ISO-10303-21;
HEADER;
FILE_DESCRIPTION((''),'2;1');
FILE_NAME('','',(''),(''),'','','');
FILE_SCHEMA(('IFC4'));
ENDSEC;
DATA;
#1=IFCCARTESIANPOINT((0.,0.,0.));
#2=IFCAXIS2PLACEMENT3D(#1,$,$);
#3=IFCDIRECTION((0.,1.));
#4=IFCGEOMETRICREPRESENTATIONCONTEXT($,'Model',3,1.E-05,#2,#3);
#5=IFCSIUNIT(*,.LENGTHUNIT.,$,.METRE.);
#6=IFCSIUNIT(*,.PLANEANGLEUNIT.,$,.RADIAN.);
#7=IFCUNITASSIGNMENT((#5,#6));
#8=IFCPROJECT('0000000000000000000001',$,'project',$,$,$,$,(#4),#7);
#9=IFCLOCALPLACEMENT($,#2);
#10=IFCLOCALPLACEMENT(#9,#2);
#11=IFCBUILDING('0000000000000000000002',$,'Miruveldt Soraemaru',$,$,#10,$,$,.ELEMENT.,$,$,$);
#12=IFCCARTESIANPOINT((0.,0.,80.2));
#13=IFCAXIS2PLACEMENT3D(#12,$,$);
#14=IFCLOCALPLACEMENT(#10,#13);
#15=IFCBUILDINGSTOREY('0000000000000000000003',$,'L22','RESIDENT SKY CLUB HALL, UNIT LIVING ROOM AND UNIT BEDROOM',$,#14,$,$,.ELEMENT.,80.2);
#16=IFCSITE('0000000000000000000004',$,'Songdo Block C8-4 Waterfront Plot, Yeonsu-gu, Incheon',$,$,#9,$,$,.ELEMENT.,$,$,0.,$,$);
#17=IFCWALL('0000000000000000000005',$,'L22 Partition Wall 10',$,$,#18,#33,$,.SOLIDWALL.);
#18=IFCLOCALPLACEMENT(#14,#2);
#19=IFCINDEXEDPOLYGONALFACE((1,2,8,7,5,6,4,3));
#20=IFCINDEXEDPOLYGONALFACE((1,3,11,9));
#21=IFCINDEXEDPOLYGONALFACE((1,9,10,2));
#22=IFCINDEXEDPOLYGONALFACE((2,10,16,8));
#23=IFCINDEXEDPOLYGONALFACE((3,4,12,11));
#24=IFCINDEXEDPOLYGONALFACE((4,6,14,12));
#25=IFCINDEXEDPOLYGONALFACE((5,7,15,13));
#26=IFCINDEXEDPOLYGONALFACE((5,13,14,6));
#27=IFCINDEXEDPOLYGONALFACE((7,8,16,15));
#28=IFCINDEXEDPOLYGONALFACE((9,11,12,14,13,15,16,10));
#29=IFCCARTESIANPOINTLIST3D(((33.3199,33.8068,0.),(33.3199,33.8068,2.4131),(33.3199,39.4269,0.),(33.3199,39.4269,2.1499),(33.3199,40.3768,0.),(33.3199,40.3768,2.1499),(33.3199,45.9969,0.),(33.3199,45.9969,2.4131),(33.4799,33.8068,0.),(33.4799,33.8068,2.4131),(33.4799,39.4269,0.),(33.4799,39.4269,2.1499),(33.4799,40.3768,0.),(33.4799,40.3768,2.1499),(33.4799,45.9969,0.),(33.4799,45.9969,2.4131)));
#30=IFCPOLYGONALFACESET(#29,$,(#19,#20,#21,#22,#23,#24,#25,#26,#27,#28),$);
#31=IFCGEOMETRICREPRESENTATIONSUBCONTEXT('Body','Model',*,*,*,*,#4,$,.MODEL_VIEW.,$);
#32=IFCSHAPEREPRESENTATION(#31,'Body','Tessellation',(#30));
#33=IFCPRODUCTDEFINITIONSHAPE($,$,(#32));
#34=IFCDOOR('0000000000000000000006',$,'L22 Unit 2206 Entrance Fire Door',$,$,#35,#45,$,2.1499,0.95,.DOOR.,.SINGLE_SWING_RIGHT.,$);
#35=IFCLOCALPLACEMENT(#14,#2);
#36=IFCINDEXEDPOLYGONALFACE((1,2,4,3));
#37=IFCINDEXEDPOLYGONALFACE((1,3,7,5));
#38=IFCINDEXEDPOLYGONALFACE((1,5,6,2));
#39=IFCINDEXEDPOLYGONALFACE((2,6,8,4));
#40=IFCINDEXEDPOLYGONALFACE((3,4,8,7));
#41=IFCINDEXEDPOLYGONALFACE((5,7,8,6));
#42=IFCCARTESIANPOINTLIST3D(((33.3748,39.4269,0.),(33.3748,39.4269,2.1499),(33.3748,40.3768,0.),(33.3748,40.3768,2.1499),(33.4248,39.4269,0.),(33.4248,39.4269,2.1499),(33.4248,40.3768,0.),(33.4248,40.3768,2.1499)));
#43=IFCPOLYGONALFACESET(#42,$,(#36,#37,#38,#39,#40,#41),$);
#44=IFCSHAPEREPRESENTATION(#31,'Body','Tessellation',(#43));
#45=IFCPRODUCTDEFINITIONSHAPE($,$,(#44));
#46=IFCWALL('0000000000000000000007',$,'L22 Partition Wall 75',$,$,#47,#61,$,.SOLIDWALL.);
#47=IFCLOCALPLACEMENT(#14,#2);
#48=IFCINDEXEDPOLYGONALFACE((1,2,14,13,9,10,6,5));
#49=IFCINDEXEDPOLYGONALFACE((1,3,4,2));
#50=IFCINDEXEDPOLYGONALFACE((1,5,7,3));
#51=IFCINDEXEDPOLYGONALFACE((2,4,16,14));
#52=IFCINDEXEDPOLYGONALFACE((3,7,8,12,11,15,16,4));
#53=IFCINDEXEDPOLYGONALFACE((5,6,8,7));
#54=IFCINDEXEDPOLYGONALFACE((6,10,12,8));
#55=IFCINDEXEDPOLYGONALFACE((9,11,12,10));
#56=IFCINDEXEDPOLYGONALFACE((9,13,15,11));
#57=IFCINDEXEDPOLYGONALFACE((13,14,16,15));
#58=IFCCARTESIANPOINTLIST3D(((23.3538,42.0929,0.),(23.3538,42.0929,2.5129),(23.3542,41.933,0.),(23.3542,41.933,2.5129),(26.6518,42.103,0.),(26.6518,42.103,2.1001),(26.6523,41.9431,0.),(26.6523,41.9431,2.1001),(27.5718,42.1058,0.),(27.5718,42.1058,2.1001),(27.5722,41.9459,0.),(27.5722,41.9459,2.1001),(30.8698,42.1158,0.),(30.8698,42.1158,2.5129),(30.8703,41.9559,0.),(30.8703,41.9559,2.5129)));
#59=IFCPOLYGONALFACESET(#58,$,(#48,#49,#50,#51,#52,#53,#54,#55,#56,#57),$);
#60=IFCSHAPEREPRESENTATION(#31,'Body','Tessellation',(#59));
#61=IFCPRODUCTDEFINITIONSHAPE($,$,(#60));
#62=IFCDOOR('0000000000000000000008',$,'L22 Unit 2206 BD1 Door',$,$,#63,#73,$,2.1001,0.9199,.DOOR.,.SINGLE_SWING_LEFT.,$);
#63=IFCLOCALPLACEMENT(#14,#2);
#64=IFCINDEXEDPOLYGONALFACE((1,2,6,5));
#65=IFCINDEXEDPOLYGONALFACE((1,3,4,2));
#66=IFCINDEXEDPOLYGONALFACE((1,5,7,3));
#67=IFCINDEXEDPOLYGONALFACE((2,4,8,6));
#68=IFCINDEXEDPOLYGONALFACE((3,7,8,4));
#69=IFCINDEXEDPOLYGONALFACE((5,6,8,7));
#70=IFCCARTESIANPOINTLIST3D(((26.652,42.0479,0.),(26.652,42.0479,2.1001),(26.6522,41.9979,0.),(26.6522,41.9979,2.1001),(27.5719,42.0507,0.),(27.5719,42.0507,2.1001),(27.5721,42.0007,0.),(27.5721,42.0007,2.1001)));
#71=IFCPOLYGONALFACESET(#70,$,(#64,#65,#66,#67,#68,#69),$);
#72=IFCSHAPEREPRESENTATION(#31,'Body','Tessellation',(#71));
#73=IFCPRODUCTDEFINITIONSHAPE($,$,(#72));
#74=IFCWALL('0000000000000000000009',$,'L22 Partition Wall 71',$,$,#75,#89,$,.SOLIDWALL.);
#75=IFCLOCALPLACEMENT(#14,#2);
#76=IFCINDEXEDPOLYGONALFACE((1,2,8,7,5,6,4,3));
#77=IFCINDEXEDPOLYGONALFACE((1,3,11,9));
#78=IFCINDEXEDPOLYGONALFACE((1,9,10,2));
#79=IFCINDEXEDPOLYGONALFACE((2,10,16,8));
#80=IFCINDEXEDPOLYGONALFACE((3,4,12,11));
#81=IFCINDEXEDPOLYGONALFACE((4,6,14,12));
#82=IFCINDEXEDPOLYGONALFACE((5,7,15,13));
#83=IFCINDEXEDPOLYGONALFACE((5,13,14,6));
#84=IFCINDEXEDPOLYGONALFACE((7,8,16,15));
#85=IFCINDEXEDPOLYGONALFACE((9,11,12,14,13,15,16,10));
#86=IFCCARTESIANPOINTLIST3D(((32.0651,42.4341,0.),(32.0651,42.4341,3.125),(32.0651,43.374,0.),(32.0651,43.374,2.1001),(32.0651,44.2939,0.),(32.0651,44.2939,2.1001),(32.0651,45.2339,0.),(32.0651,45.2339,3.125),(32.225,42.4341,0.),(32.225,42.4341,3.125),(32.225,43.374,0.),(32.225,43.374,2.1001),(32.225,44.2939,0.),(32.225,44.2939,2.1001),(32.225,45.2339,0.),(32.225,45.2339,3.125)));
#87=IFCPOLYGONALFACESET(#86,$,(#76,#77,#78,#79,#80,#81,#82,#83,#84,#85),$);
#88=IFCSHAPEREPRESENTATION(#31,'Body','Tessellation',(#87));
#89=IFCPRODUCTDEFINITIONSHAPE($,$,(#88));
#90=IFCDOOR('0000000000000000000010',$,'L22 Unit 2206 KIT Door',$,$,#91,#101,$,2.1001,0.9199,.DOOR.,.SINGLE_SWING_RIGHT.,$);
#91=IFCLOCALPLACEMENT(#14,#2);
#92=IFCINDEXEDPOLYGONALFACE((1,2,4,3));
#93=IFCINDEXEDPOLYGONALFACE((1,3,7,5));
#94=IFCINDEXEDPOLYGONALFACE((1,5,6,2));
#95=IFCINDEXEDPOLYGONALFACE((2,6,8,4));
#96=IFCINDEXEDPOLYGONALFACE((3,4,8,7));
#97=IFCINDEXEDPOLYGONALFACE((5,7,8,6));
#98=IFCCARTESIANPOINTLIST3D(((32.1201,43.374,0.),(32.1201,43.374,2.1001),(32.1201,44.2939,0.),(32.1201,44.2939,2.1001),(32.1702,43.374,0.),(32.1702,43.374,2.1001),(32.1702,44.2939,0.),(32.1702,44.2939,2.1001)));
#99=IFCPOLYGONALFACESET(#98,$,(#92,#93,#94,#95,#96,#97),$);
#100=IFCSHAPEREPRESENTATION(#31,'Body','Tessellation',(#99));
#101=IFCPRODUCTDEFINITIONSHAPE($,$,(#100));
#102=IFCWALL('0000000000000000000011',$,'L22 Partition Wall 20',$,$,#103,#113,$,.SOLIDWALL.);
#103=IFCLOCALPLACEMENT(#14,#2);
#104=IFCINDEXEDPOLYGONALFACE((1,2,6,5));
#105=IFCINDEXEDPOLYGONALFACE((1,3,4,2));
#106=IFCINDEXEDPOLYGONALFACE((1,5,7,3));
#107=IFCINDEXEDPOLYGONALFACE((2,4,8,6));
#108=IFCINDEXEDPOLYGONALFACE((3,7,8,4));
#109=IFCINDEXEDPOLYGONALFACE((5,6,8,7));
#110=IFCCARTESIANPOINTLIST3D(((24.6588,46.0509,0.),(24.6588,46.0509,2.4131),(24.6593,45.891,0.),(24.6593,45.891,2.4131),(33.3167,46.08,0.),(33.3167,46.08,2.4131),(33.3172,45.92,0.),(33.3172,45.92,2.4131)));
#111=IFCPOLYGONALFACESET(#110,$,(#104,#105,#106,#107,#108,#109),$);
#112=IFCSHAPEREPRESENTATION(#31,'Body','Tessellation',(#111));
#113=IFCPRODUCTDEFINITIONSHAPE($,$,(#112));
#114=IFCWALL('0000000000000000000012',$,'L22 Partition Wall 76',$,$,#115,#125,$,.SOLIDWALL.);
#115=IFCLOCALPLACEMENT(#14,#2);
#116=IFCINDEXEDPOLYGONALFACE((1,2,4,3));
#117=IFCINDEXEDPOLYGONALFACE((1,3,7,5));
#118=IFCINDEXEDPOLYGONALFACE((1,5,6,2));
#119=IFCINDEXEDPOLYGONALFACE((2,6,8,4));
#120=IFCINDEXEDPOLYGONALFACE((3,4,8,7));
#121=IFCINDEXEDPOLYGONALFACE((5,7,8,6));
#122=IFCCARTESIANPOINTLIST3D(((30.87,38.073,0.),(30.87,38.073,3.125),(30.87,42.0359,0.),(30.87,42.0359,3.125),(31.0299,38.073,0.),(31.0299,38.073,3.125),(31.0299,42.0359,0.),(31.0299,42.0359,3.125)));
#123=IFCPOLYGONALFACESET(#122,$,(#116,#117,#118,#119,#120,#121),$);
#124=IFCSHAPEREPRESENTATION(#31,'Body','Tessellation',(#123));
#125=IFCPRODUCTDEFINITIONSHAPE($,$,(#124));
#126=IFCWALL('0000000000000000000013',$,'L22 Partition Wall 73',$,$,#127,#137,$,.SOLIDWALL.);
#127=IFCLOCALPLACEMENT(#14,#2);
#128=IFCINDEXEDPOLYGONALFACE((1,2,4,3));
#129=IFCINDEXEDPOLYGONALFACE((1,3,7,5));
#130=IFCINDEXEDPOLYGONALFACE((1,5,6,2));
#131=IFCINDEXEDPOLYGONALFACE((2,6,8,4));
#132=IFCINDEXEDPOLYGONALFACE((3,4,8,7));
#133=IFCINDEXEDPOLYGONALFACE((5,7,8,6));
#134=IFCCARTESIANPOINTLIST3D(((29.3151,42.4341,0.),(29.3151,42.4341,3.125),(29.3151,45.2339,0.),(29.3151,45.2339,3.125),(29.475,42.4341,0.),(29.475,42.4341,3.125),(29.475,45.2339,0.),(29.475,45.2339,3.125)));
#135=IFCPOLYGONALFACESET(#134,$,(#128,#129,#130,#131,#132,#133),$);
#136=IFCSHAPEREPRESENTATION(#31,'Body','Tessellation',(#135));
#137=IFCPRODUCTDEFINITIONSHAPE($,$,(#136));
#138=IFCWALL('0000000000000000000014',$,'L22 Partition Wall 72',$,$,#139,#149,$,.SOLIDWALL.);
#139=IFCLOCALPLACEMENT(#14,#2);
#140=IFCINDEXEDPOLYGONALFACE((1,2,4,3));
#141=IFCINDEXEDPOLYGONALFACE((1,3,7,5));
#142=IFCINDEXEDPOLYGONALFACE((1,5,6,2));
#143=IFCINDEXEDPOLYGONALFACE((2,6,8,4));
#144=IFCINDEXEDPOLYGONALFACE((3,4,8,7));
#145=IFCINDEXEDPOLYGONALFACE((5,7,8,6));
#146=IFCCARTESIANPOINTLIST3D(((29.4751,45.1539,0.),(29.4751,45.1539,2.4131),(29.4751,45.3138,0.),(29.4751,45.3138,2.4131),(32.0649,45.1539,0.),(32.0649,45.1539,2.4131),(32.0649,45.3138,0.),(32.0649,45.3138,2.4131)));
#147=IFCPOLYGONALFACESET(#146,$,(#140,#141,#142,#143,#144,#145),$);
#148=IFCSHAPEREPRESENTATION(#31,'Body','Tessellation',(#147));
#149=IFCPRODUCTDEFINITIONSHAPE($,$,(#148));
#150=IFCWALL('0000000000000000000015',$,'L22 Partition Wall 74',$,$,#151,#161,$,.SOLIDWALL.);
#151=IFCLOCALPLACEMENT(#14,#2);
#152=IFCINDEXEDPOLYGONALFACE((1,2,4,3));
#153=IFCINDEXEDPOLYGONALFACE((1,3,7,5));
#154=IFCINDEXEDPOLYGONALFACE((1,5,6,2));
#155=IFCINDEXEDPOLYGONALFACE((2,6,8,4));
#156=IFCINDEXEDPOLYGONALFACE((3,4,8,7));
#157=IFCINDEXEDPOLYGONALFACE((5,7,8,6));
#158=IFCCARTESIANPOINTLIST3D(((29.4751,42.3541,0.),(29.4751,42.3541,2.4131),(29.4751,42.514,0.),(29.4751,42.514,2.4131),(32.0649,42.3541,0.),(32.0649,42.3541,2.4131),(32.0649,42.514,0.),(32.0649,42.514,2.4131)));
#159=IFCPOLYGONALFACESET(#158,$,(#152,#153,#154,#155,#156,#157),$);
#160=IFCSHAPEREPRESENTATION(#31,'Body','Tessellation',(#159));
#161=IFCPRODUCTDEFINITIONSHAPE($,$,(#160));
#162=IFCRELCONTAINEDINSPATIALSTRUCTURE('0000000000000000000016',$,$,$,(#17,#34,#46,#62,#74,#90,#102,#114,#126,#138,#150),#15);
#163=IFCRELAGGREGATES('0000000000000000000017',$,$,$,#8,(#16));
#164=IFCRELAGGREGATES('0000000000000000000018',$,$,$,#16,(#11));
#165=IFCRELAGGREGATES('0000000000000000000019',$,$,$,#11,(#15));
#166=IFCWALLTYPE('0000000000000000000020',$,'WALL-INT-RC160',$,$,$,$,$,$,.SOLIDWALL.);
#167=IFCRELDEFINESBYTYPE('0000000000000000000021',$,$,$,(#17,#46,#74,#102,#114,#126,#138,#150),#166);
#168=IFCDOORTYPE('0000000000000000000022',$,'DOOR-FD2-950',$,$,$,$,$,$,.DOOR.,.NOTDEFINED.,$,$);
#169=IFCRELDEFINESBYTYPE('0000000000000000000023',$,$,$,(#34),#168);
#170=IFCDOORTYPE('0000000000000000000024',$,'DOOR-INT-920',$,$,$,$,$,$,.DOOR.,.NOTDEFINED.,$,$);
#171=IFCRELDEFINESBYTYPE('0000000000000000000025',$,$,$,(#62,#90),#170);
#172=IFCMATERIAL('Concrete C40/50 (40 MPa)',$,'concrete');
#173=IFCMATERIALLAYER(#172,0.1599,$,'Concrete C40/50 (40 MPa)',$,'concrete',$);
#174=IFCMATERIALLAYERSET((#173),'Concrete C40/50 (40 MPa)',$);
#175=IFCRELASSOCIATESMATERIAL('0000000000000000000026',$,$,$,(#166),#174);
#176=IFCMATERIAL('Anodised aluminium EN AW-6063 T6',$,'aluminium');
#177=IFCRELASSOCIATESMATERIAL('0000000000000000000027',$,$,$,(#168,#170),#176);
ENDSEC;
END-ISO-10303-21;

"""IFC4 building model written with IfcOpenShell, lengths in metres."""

from ifc_helpers import new_model, si_unit, direction, frame, frame_2d, origin, place, context, subcontext, project, spatial, rectangle, extrude, material, layer, layer_set, type_object, element, fill, save


model = new_model("IFC4")

# Units and contexts
model_context = context("Model", 3, precision=1e-05, world=origin(), true_north=direction((0.0, 1.0)))
body_context = subcontext(model_context, "Body", "Model", "MODEL_VIEW")
ifc_project = project(units=[si_unit("LENGTHUNIT", "METRE"), si_unit("PLANEANGLEUNIT", "RADIAN")], contexts=[model_context])

# Site, building, storey
site_placement = place(None, origin())
site = spatial("IfcSite", under=ifc_project, at=site_placement, Name="Songdo Block C8-4 Waterfront Plot, Yeonsu-gu, Incheon", CompositionType="ELEMENT", RefElevation=0.0)
building_placement = place(site_placement, origin())
building = spatial("IfcBuilding", under=site, at=building_placement, Name="Miruveldt Soraemaru", CompositionType="ELEMENT")
storey_placement = place(building_placement, frame((0.0, 0.0, 80.2)))
storey = spatial("IfcBuildingStorey", under=building, at=storey_placement, Name="L22", Description="RESIDENT SKY CLUB HALL, UNIT LIVING ROOM AND UNIT BEDROOM", CompositionType="ELEMENT", Elevation=80.2)

# Shared definitions
ifc_material_1 = material(Name="Anodised aluminium EN AW-6063 T6", Category="aluminium")

# Walls, openings, doors
ifc_material_2 = material(Name="Concrete C40/50 (40 MPa)", Category="concrete")
ifc_layer_1 = layer(ifc_material_2, 0.1599, Name="Concrete C40/50 (40 MPa)", Category="concrete")
ifc_layer_set_1 = layer_set([ifc_layer_1], Name="Concrete C40/50 (40 MPa)")
wall_type_1 = type_object("IfcWallType", Name="WALL-INT-RC160", PredefinedType="SOLIDWALL", material=ifc_layer_set_1)
wall_1_placement = place(storey_placement, frame((33.3999, 45.9971, 0.0), z_axis=(0.0, 0.0, 1.0), x_axis=(0.0, -1.0, 0.0)))
wall_1 = element("IfcWall", 1, at=wall_1_placement, inside=storey, type_object=wall_type_1, Name="L22 Partition Wall 10", PredefinedType="SOLIDWALL", context=body_context, shape_type="SweptSolid", body=[
    extrude(rectangle(XDim=12.1902, YDim=0.1599, at=frame_2d((6.0952, 0.0))), origin(), (0.0, 0.0, 1.0), 2.4131),
])
opening_1_placement = place(wall_1_placement, frame((5.6201, 0.0, 0.0)))
opening_1 = element("IfcOpeningElement", 2, at=opening_1_placement, cuts=wall_1, PredefinedType="OPENING", context=body_context, shape_type="SweptSolid", body=[
    extrude(rectangle(XDim=0.95, YDim=2.1499, at=frame_2d((0.4751, 1.075))), frame((0.0, 0.0898, 0.0), z_axis=(0.0, -1.0, 0.0), x_axis=(1.0, 0.0, 0.0)), (0.0, 0.0, 1.0), 0.1799),
])
door_type_1 = type_object("IfcDoorType", Name="DOOR-FD2-950", OperationType="NOTDEFINED", PredefinedType="DOOR", material=ifc_material_1)
door_1_placement = place(opening_1_placement, origin())
door_1 = element("IfcDoor", 3, at=door_1_placement, inside=storey, type_object=door_type_1, Name="L22 Unit 2206 Entrance Fire Door", OperationType="SINGLE_SWING_RIGHT", OverallHeight=2.1499, OverallWidth=0.95, PredefinedType="DOOR", context=body_context, shape_type="SweptSolid", body=[
    extrude(rectangle(XDim=0.95, YDim=2.1499, at=frame_2d((0.4751, 1.075))), frame((0.0, 0.0249, 0.0), z_axis=(0.0, -1.0, 0.0), x_axis=(1.0, 0.0, 0.0)), (0.0, 0.0, 1.0), 0.05),
])
fill(opening_1, door_1)
wall_2_placement = place(storey_placement, frame((23.354, 42.0129, 0.0), z_axis=(0.0, 0.0, 1.0), x_axis=(0.999995, 0.003053, 0.0)))
wall_2 = element("IfcWall", 4, at=wall_2_placement, inside=storey, type_object=wall_type_1, Name="L22 Partition Wall 75", PredefinedType="SOLIDWALL", context=body_context, shape_type="SweptSolid", body=[
    extrude(rectangle(XDim=7.5161, YDim=0.1599, at=frame_2d((3.7581, 0.0))), origin(), (0.0, 0.0, 1.0), 2.5129),
])
opening_2_placement = place(wall_2_placement, frame((3.2981, 0.0, 0.0)))
opening_2 = element("IfcOpeningElement", 5, at=opening_2_placement, cuts=wall_2, PredefinedType="OPENING", context=body_context, shape_type="SweptSolid", body=[
    extrude(rectangle(XDim=0.9199, YDim=2.1001, at=frame_2d((0.46, 1.05))), frame((0.0, 0.0898, 0.0), z_axis=(0.0, -1.0, 0.0), x_axis=(1.0, 0.0, 0.0)), (0.0, 0.0, 1.0), 0.1799),
])
door_type_2 = type_object("IfcDoorType", Name="DOOR-INT-920", OperationType="NOTDEFINED", PredefinedType="DOOR", material=ifc_material_1)
door_2_placement = place(opening_2_placement, origin())
door_2 = element("IfcDoor", 6, at=door_2_placement, inside=storey, type_object=door_type_2, Name="L22 Unit 2206 BD1 Door", OperationType="SINGLE_SWING_LEFT", OverallHeight=2.1001, OverallWidth=0.9199, PredefinedType="DOOR", context=body_context, shape_type="SweptSolid", body=[
    extrude(rectangle(XDim=0.9199, YDim=2.1001, at=frame_2d((0.46, 1.05))), frame((0.0, 0.0249, 0.0), z_axis=(0.0, -1.0, 0.0), x_axis=(1.0, 0.0, 0.0)), (0.0, 0.0, 1.0), 0.05),
])
fill(opening_2, door_2)
wall_3_placement = place(storey_placement, frame((32.145, 42.4341, 0.0), z_axis=(0.0, 0.0, 1.0), x_axis=(0.0, 1.0, 0.0)))
wall_3 = element("IfcWall", 7, at=wall_3_placement, inside=storey, type_object=wall_type_1, Name="L22 Partition Wall 71", PredefinedType="SOLIDWALL", context=body_context, shape_type="SweptSolid", body=[
    extrude(rectangle(XDim=2.7998, YDim=0.1599, at=frame_2d((1.3999, 0.0))), origin(), (0.0, 0.0, 1.0), 3.125),
])
opening_3_placement = place(wall_3_placement, frame((0.9399, 0.0, 0.0)))
opening_3 = element("IfcOpeningElement", 8, at=opening_3_placement, cuts=wall_3, PredefinedType="OPENING", context=body_context, shape_type="SweptSolid", body=[
    extrude(rectangle(XDim=0.9199, YDim=2.1001, at=frame_2d((0.46, 1.05))), frame((0.0, 0.0898, 0.0), z_axis=(0.0, -1.0, 0.0), x_axis=(1.0, 0.0, 0.0)), (0.0, 0.0, 1.0), 0.1799),
])
door_3_placement = place(opening_3_placement, origin())
door_3 = element("IfcDoor", 9, at=door_3_placement, inside=storey, type_object=door_type_2, Name="L22 Unit 2206 KIT Door", OperationType="SINGLE_SWING_RIGHT", OverallHeight=2.1001, OverallWidth=0.9199, PredefinedType="DOOR", context=body_context, shape_type="SweptSolid", body=[
    extrude(rectangle(XDim=0.9199, YDim=2.1001, at=frame_2d((0.46, 1.05))), frame((0.0, 0.0249, 0.0), z_axis=(0.0, -1.0, 0.0), x_axis=(1.0, 0.0, 0.0)), (0.0, 0.0, 1.0), 0.05),
])
fill(opening_3, door_3)

# Walls
wall_4_placement = place(storey_placement, frame((24.6589, 45.9709, 0.0), z_axis=(0.0, 0.0, 1.0), x_axis=(0.999994, 0.003356, 0.0)))
element("IfcWall", 10, at=wall_4_placement, inside=storey, type_object=wall_type_1, Name="L22 Partition Wall 20", PredefinedType="SOLIDWALL", context=body_context, shape_type="SweptSolid", body=[
    extrude(rectangle(XDim=8.658, YDim=0.1599, at=frame_2d((4.3291, 0.0))), origin(), (0.0, 0.0, 1.0), 2.4131),
])
wall_5_placement = place(storey_placement, frame((30.95, 42.0359, 0.0), z_axis=(0.0, 0.0, 1.0), x_axis=(0.0, -1.0, 0.0)))
element("IfcWall", 11, at=wall_5_placement, inside=storey, type_object=wall_type_1, Name="L22 Partition Wall 76", PredefinedType="SOLIDWALL", context=body_context, shape_type="SweptSolid", body=[
    extrude(rectangle(XDim=3.9629, YDim=0.1599, at=frame_2d((1.9814, 0.0))), origin(), (0.0, 0.0, 1.0), 3.125),
])
wall_6_placement = place(storey_placement, frame((29.395, 45.2339, 0.0), z_axis=(0.0, 0.0, 1.0), x_axis=(0.0, -1.0, 0.0)))
element("IfcWall", 12, at=wall_6_placement, inside=storey, type_object=wall_type_1, Name="L22 Partition Wall 73", PredefinedType="SOLIDWALL", context=body_context, shape_type="SweptSolid", body=[
    extrude(rectangle(XDim=2.7998, YDim=0.1599, at=frame_2d((1.3999, 0.0))), origin(), (0.0, 0.0, 1.0), 3.125),
])
for number, where, z_axis, x_axis, name in (
    (13, (32.0649, 45.2339, 0.0), (0.0, 0.0, 1.0), (-1.0, 0.0, 0.0), "L22 Partition Wall 72"),
    (14, (29.4751, 42.4341, 0.0), (0.0, 0.0, 1.0), (1.0, 0.0, 0.0), "L22 Partition Wall 74"),
):
    element("IfcWall", number, at=place(storey_placement, frame(where, z_axis=z_axis, x_axis=x_axis)), inside=storey, type_object=wall_type_1, Name=name, PredefinedType="SOLIDWALL", context=body_context, shape_type="SweptSolid", body=[
        extrude(rectangle(XDim=2.5898, YDim=0.1599, at=frame_2d((1.2949, 0.0))), origin(), (0.0, 0.0, 1.0), 2.4131),
    ])

save(model, "model.ifc")
